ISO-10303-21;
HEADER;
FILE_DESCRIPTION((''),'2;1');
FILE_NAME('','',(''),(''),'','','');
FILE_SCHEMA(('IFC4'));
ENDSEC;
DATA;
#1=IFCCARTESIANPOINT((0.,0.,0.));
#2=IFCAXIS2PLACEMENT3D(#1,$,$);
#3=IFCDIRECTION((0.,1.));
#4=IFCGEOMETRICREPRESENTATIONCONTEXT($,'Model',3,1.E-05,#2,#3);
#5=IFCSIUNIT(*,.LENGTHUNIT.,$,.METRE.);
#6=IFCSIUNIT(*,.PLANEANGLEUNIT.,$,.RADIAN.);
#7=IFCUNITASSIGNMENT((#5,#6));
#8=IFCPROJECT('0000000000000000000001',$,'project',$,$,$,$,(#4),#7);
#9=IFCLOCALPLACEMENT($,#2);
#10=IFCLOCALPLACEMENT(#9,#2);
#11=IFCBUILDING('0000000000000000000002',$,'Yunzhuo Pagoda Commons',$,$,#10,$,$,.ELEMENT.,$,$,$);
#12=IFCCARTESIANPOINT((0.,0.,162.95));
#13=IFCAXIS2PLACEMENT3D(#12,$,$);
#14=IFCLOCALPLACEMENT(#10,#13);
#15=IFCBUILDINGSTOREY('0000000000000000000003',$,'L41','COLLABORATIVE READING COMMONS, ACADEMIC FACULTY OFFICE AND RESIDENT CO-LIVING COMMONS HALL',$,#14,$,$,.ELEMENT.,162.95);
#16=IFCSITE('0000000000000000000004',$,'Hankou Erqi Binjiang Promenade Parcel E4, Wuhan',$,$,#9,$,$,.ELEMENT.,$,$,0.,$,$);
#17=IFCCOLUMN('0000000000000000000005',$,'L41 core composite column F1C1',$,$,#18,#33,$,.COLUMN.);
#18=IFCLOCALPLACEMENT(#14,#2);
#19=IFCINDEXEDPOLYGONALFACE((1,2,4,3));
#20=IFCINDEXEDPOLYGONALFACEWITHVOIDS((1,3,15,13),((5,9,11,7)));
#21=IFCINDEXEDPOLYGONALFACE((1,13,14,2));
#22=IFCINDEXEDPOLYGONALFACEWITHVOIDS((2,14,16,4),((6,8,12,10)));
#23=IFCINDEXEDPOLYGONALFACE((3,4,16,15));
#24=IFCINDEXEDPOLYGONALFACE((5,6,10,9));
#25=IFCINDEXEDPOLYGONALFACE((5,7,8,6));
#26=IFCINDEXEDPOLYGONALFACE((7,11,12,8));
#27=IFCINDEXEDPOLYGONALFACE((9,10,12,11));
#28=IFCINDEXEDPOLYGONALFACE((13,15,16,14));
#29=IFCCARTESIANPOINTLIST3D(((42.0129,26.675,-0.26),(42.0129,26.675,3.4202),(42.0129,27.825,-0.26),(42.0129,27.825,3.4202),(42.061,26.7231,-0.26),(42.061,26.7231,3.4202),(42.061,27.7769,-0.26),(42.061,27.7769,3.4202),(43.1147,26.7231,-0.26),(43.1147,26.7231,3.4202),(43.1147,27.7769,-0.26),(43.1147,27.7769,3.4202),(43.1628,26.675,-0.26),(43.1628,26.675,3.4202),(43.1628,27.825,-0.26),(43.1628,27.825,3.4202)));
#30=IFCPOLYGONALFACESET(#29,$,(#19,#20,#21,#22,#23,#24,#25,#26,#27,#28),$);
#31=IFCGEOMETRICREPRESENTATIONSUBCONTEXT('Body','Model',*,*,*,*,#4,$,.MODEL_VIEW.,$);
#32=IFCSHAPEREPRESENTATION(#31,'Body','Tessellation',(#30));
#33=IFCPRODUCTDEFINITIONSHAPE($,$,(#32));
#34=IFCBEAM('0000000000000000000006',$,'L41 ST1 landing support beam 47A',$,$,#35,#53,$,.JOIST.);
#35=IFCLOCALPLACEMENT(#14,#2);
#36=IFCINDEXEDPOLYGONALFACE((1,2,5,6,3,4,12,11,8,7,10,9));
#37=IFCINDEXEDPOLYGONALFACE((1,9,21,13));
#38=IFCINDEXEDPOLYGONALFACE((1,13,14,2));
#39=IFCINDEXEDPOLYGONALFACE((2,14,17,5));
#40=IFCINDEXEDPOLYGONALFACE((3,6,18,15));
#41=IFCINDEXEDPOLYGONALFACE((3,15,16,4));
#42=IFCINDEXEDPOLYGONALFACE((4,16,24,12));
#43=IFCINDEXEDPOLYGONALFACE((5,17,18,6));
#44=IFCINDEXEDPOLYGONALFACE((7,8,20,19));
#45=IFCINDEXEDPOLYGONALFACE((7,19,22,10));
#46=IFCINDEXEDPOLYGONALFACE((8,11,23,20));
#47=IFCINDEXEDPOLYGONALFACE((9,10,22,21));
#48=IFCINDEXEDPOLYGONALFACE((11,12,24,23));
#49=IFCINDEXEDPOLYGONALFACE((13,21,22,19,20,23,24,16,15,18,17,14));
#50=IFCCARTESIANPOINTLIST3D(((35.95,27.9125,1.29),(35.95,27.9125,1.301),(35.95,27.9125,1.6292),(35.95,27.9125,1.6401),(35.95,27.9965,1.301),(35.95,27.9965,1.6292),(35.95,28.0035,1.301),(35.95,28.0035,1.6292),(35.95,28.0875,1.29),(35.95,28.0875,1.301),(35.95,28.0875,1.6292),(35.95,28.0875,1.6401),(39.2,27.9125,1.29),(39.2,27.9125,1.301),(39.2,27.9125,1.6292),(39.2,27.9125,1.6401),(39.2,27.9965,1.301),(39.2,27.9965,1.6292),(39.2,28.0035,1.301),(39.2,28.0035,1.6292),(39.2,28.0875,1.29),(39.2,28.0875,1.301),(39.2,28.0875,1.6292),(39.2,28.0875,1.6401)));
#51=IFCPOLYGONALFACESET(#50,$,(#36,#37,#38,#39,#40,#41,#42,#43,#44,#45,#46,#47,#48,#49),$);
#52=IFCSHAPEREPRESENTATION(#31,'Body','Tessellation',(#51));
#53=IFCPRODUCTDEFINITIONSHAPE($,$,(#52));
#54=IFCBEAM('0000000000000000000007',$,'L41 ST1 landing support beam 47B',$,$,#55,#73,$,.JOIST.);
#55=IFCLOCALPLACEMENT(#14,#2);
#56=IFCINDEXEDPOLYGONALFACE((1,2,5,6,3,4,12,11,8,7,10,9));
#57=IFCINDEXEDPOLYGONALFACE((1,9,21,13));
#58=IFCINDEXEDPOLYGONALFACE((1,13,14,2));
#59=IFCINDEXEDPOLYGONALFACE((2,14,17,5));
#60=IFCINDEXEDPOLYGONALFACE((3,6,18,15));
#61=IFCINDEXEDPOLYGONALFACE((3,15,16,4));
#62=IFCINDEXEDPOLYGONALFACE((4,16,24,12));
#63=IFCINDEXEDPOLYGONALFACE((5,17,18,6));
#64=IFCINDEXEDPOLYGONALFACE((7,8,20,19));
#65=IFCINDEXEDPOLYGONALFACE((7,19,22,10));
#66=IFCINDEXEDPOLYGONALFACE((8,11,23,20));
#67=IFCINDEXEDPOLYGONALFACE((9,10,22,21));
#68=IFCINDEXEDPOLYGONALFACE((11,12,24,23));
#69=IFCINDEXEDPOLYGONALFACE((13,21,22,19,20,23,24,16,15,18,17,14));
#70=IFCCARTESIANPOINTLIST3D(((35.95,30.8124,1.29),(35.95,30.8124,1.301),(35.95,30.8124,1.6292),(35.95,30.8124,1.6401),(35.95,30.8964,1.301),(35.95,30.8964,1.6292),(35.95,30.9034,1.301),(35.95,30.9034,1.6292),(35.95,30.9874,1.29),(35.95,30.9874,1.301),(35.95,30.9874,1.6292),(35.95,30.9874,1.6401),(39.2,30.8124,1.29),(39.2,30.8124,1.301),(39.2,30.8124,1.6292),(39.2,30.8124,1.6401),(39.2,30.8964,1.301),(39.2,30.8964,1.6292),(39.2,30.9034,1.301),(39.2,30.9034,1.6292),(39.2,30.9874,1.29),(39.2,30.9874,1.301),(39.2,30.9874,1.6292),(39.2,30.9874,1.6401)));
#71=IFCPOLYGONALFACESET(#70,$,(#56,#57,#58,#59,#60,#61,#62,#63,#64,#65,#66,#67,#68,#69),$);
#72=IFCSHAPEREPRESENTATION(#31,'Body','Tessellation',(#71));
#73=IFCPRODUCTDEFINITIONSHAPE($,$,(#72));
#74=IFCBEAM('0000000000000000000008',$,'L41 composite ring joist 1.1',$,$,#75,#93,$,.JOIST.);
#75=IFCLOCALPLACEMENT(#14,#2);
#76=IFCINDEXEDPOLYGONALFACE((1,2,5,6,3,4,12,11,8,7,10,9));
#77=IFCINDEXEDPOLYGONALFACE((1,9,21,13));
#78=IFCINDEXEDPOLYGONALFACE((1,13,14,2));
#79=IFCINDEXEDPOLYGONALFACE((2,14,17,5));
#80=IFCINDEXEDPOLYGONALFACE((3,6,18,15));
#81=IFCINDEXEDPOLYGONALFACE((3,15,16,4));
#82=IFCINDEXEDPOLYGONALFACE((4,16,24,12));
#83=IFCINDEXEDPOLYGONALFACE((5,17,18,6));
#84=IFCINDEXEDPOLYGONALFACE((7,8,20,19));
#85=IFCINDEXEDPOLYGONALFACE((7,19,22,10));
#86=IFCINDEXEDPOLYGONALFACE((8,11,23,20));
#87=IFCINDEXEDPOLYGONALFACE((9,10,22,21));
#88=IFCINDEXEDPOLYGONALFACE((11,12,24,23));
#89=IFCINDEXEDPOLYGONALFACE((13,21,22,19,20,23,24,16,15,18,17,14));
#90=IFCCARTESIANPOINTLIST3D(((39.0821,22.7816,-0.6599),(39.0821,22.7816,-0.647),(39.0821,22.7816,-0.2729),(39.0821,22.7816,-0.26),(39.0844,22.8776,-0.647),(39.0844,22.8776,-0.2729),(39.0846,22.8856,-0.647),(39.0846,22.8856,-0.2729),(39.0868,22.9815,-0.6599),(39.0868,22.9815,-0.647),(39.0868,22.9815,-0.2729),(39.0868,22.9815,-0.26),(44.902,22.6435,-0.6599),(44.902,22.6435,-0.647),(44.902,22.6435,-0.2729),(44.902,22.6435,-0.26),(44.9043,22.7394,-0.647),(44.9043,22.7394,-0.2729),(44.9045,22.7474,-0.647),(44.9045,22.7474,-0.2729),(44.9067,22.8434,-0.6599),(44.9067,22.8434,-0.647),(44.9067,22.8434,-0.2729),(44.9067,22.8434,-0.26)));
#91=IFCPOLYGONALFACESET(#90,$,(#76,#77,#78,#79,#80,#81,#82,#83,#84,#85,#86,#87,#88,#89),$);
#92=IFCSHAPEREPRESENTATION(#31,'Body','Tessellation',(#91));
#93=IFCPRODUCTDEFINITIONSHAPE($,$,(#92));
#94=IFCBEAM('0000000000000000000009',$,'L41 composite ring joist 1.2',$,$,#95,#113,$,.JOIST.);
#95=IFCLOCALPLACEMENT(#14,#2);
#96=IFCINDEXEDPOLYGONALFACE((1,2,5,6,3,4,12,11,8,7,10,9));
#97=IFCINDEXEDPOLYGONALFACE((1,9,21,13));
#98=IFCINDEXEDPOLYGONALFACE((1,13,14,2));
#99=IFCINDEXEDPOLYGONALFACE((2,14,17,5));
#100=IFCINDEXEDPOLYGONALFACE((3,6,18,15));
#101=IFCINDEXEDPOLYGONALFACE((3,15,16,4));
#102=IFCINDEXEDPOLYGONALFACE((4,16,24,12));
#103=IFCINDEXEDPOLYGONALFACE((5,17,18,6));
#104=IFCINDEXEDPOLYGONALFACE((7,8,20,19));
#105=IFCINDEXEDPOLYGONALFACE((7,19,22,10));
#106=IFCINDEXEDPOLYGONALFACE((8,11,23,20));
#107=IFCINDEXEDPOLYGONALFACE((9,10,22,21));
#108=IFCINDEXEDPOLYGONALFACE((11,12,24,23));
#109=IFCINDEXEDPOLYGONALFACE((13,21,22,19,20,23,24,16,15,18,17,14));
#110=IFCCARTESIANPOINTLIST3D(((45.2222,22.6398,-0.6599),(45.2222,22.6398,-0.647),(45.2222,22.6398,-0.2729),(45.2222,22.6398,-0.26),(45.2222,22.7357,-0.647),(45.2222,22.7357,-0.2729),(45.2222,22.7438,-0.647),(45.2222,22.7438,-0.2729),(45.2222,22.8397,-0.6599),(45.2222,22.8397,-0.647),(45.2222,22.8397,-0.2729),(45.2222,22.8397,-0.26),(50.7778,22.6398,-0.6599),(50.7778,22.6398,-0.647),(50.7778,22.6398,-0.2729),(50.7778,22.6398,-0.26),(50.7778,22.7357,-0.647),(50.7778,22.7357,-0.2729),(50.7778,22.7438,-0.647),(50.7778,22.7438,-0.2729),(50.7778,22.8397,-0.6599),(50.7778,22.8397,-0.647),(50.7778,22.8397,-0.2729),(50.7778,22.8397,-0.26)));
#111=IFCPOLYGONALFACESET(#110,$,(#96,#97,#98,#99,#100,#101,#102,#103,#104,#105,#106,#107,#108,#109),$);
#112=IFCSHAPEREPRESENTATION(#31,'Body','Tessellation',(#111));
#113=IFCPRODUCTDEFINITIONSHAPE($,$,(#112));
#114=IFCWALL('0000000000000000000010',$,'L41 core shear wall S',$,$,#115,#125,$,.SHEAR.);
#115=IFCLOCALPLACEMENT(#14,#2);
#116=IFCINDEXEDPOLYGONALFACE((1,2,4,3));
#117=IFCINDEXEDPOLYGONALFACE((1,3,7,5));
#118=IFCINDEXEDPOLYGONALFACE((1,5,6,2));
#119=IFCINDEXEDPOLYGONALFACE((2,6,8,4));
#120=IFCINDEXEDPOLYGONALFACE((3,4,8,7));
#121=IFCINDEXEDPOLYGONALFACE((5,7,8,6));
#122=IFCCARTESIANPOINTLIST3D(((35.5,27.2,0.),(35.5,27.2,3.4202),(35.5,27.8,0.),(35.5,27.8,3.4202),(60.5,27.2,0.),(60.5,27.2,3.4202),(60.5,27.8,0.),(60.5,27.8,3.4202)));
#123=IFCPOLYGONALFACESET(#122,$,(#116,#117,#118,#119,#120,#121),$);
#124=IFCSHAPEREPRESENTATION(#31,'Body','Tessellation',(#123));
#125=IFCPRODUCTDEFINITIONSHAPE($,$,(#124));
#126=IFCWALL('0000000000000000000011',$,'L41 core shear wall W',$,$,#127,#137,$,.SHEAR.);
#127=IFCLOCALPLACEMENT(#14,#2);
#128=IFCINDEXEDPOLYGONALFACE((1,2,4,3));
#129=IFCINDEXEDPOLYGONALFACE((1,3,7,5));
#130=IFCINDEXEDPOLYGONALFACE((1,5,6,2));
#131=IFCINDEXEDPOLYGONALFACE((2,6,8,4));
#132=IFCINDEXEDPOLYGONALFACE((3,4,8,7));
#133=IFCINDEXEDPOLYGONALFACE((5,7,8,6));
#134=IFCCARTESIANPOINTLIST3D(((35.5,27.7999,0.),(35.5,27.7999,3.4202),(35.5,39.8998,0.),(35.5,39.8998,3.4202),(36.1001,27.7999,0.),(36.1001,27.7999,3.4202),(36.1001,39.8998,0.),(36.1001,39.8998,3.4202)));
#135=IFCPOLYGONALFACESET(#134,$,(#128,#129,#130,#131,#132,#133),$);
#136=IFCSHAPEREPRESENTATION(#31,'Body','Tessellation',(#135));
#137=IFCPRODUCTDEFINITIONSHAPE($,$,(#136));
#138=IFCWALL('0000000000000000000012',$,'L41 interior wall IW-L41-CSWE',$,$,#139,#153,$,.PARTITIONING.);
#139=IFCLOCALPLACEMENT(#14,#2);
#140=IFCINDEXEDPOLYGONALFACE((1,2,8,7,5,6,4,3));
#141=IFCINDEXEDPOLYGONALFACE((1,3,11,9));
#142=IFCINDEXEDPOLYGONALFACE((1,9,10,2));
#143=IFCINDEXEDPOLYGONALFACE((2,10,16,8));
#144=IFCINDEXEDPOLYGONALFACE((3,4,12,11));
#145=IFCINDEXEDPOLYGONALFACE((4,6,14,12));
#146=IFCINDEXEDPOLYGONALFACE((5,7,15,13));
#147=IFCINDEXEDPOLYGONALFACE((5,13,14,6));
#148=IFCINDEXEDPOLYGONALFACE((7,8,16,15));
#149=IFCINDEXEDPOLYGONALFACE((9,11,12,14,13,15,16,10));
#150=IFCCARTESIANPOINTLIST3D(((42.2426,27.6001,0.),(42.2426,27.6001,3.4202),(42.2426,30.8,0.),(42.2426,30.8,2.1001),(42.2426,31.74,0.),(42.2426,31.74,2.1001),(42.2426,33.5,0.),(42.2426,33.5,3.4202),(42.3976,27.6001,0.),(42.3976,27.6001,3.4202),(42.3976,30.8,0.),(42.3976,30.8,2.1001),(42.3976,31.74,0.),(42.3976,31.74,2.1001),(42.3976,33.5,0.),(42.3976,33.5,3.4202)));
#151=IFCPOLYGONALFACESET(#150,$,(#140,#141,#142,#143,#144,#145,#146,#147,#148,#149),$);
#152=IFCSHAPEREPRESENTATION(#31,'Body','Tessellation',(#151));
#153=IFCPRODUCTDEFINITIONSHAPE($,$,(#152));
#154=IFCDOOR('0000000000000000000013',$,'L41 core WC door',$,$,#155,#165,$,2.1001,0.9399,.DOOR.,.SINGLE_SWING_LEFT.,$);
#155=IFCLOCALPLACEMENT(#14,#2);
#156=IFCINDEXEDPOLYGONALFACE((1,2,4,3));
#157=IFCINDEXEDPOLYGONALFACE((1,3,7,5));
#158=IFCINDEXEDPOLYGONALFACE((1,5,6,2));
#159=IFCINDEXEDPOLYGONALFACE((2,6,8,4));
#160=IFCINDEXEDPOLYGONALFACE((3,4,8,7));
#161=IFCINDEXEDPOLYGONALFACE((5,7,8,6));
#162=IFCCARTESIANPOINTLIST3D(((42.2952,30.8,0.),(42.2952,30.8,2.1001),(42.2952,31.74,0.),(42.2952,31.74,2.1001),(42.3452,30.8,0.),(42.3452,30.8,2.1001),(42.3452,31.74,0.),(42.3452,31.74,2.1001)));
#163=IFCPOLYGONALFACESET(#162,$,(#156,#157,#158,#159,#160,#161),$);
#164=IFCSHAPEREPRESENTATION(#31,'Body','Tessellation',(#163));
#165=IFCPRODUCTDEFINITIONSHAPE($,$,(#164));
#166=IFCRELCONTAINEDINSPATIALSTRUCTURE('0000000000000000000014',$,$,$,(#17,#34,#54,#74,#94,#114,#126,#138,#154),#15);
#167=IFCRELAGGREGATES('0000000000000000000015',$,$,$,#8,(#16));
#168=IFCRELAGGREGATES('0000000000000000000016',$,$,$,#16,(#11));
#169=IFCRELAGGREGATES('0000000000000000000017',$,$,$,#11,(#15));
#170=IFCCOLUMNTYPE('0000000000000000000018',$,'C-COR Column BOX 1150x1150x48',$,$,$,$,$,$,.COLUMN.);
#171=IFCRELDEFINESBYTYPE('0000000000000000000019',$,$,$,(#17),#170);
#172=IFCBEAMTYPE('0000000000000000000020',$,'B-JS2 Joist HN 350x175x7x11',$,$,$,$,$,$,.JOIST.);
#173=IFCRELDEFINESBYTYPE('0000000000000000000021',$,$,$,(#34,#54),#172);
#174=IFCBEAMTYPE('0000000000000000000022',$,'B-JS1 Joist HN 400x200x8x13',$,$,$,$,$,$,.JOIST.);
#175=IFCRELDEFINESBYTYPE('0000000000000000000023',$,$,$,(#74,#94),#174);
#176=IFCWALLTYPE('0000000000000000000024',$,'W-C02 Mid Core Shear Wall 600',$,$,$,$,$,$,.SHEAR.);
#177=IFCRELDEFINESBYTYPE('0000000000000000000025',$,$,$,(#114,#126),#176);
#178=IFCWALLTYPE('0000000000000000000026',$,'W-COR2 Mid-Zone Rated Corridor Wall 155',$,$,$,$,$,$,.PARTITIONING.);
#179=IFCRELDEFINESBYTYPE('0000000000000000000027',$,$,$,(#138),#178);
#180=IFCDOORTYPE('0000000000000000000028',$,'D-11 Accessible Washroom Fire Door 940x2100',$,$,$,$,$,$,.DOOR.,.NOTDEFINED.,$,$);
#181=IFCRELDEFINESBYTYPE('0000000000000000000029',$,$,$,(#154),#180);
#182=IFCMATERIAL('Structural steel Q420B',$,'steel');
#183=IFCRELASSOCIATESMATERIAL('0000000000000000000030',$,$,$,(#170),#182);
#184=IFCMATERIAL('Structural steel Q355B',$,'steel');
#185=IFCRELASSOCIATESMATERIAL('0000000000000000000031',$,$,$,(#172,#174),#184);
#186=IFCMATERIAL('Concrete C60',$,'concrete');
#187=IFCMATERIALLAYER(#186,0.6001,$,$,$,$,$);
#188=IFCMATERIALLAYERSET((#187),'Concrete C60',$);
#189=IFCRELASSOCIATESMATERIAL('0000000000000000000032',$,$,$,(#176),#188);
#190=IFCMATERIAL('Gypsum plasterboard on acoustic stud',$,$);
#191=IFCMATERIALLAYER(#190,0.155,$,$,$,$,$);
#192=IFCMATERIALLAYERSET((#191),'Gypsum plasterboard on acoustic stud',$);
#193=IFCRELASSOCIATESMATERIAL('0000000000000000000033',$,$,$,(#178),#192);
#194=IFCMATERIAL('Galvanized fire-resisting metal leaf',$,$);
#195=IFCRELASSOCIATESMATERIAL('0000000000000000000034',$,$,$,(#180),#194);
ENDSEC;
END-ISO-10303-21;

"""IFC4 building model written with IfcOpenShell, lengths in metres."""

from ifc_helpers import new_model, si_unit, direction, frame, frame_2d, origin, origin_with_axes, origin_2d, place, context, subcontext, project, spatial, rectangle, hollow_rectangle, i_section, extrude, source, transform, mapped, material, layer, layer_set, material_profile, profile_set, type_object, element, fill, save


model = new_model("IFC4")

# Units and contexts
model_context = context("Model", 3, precision=1e-05, world=origin(), true_north=direction((0.0, 1.0)))
body_context = subcontext(model_context, "Body", "Model", "MODEL_VIEW")
ifc_project = project(units=[si_unit("LENGTHUNIT", "METRE"), si_unit("PLANEANGLEUNIT", "RADIAN")], contexts=[model_context])

# Site, building, storey
site_placement = place(None, origin())
site = spatial("IfcSite", under=ifc_project, at=site_placement, Name="Hankou Erqi Binjiang Promenade Parcel E4, Wuhan", CompositionType="ELEMENT", RefElevation=0.0)
building_placement = place(site_placement, origin())
building = spatial("IfcBuilding", under=site, at=building_placement, Name="Yunzhuo Pagoda Commons", CompositionType="ELEMENT")
storey_placement = place(building_placement, frame((0.0, 0.0, 162.95)))
storey = spatial("IfcBuildingStorey", under=building, at=storey_placement, Name="L41", Description="COLLABORATIVE READING COMMONS, ACADEMIC FACULTY OFFICE AND RESIDENT CO-LIVING COMMONS HALL", CompositionType="ELEMENT", Elevation=162.95)

# Column
ifc_material_1 = material(Name="Structural steel Q420B", Category="steel")
ifc_material_profile_1 = material_profile(ifc_material_1, hollow_rectangle(XDim=1.1499, YDim=1.1499, WallThickness=0.0481, at=origin_2d()), Name="Structural steel Q420B")
ifc_profile_set_1 = profile_set([ifc_material_profile_1], Name="Structural steel Q420B")
column_type = type_object("IfcColumnType", Name="C-COR Column BOX 1150x1150x48", PredefinedType="COLUMN", material=ifc_profile_set_1)
shared_shape_1 = source(origin(), body_context, "Body", "SweptSolid", [
    extrude(hollow_rectangle(XDim=1.1499, YDim=1.1499, WallThickness=0.0481, at=origin_2d()), origin(), (0.0, 0.0, 1.0), 3.6802),
])
column_placement = place(storey_placement, frame((42.5879, 27.25, -0.26), z_axis=(0.0, 0.0, 1.0), x_axis=(1.0, 0.0, 0.0)))
element("IfcColumn", 1, at=column_placement, inside=storey, type_object=column_type, Name="L41 core composite column F1C1", PredefinedType="COLUMN", context=body_context, shape_type="MappedRepresentation", body=[
    mapped(shared_shape_1, transform((0.0, 0.0, 0.0), scale=1.0)),
])

# Beams
ifc_material_2 = material(Name="Structural steel Q355B", Category="steel")
ifc_material_profile_2 = material_profile(ifc_material_2, i_section(OverallWidth=0.175, OverallDepth=0.3501, WebThickness=0.0071, FlangeThickness=0.011, at=origin_2d()), Name="Structural steel Q355B")
ifc_profile_set_2 = profile_set([ifc_material_profile_2], Name="Structural steel Q355B")
beam_type_1 = type_object("IfcBeamType", Name="B-JS2 Joist HN 350x175x7x11", PredefinedType="JOIST", material=ifc_profile_set_2)
shared_shape_2 = source(origin(), body_context, "Body", "SweptSolid", [
    extrude(i_section(OverallWidth=0.175, OverallDepth=0.3501, WebThickness=0.0071, FlangeThickness=0.011, at=origin_2d()), origin(), (0.0, 0.0, 1.0), 3.25),
])
for number, where, z_axis, x_axis, name in (
    (2, (35.95, 28.0, 1.4651), (1.0, 0.0, 0.0), (0.0, 1.0, 0.0), "L41 ST1 landing support beam 47A"),
    (3, (35.95, 30.8999, 1.4651), (1.0, 0.0, 0.0), (0.0, 1.0, 0.0), "L41 ST1 landing support beam 47B"),
):
    element("IfcBeam", number, at=place(storey_placement, frame(where, z_axis=z_axis, x_axis=x_axis)), inside=storey, type_object=beam_type_1, Name=name, PredefinedType="JOIST", context=body_context, shape_type="MappedRepresentation", body=[
        mapped(shared_shape_2, transform((0.0, 0.0, 0.0), scale=1.0)),
    ])
ifc_material_profile_3 = material_profile(ifc_material_2, i_section(OverallWidth=0.2, OverallDepth=0.3999, WebThickness=0.0081, FlangeThickness=0.0129, at=origin_2d()), Name="Structural steel Q355B")
ifc_profile_set_3 = profile_set([ifc_material_profile_3], Name="Structural steel Q355B")
beam_type_2 = type_object("IfcBeamType", Name="B-JS1 Joist HN 400x200x8x13", PredefinedType="JOIST", material=ifc_profile_set_3)
shared_shape_3 = source(origin(), body_context, "Body", "SweptSolid", [
    extrude(i_section(OverallWidth=0.2, OverallDepth=0.3999, WebThickness=0.0081, FlangeThickness=0.0129, at=origin_2d()), origin(), (0.0, 0.0, 1.0), 5.8215),
])
beam_1_placement = place(storey_placement, frame((39.0845, 22.8816, -0.46), z_axis=(0.999718, -0.023737, 0.0), x_axis=(0.023737, 0.999718, 0.0)))
element("IfcBeam", 4, at=beam_1_placement, inside=storey, type_object=beam_type_2, Name="L41 composite ring joist 1.1", PredefinedType="JOIST", context=body_context, shape_type="MappedRepresentation", body=[
    mapped(shared_shape_3, transform((0.0, 0.0, 0.0), scale=1.0)),
])
shared_shape_4 = source(origin(), body_context, "Body", "SweptSolid", [
    extrude(i_section(OverallWidth=0.2, OverallDepth=0.3999, WebThickness=0.0081, FlangeThickness=0.0129, at=origin_2d()), origin(), (0.0, 0.0, 1.0), 5.5557),
])
beam_2_placement = place(storey_placement, frame((45.2222, 22.7397, -0.46), z_axis=(1.0, 0.0, 0.0), x_axis=(0.0, 1.0, 0.0)))
element("IfcBeam", 5, at=beam_2_placement, inside=storey, type_object=beam_type_2, Name="L41 composite ring joist 1.2", PredefinedType="JOIST", context=body_context, shape_type="MappedRepresentation", body=[
    mapped(shared_shape_4, transform((0.0, 0.0, 0.0), scale=1.0)),
])

# Walls
ifc_material_3 = material(Name="Concrete C60", Category="concrete")
ifc_layer_1 = layer(ifc_material_3, 0.6001)
ifc_layer_set_1 = layer_set([ifc_layer_1], Name="Concrete C60")
wall_type_1 = type_object("IfcWallType", Name="W-C02 Mid Core Shear Wall 600", PredefinedType="SHEAR", material=ifc_layer_set_1)
wall_1_placement = place(storey_placement, frame((35.5, 27.5, 0.0), z_axis=(0.0, 0.0, 1.0), x_axis=(1.0, 0.0, 0.0)))
element("IfcWall", 6, at=wall_1_placement, inside=storey, type_object=wall_type_1, Name="L41 core shear wall S", PredefinedType="SHEAR", context=body_context, shape_type="SweptSolid", body=[
    extrude(rectangle(XDim=25.0, YDim=0.6001, at=frame_2d((12.5, 0.0))), origin(), (0.0, 0.0, 1.0), 3.4202),
])
wall_2_placement = place(storey_placement, frame((35.8, 27.8, 0.0), z_axis=(0.0, 0.0, 1.0), x_axis=(0.0, 1.0, 0.0)))
element("IfcWall", 7, at=wall_2_placement, inside=storey, type_object=wall_type_1, Name="L41 core shear wall W", PredefinedType="SHEAR", context=body_context, shape_type="SweptSolid", body=[
    extrude(rectangle(XDim=12.0999, YDim=0.6001, at=frame_2d((6.0498, 0.0))), origin(), (0.0, 0.0, 1.0), 3.4202),
])

# Wall, opening, door
ifc_material_4 = material(Name="Gypsum plasterboard on acoustic stud")
ifc_layer_2 = layer(ifc_material_4, 0.155)
ifc_layer_set_2 = layer_set([ifc_layer_2], Name="Gypsum plasterboard on acoustic stud")
wall_type_2 = type_object("IfcWallType", Name="W-COR2 Mid-Zone Rated Corridor Wall 155", PredefinedType="PARTITIONING", material=ifc_layer_set_2)
wall_3_placement = place(storey_placement, frame((42.3201, 27.6001, 0.0), z_axis=(0.0, 0.0, 1.0), x_axis=(0.0, 1.0, 0.0)))
wall_3 = element("IfcWall", 8, at=wall_3_placement, inside=storey, type_object=wall_type_2, Name="L41 interior wall IW-L41-CSWE", PredefinedType="PARTITIONING", context=body_context, shape_type="SweptSolid", body=[
    extrude(rectangle(XDim=5.8999, YDim=0.155, at=frame_2d((2.95, 0.0))), origin(), (0.0, 0.0, 1.0), 3.4202),
])
opening_1_placement = place(wall_3_placement, frame((3.2, 0.0, 0.0)))
opening_1 = element("IfcOpeningElement", 9, at=opening_1_placement, cuts=wall_3, PredefinedType="OPENING", context=body_context, shape_type="SweptSolid", body=[
    extrude(rectangle(XDim=0.9399, YDim=2.1001, at=frame_2d((0.47, 1.05))), frame((0.0, 0.0874, 0.0), z_axis=(0.0, -1.0, 0.0), x_axis=(1.0, 0.0, 0.0)), (0.0, 0.0, 1.0), 0.175),
])
ifc_material_5 = material(Name="Galvanized fire-resisting metal leaf")
door_type_1 = type_object("IfcDoorType", Name="D-11 Accessible Washroom Fire Door 940x2100", OperationType="NOTDEFINED", PredefinedType="DOOR", material=ifc_material_5)
shared_shape_5 = source(origin(), body_context, "Body", "SweptSolid", [
    extrude(rectangle(XDim=0.9399, YDim=2.1001, at=frame_2d((0.47, 1.05))), frame((0.0, 0.0249, 0.0), z_axis=(0.0, -1.0, 0.0), x_axis=(1.0, 0.0, 0.0)), (0.0, 0.0, 1.0), 0.05),
])
door_1_placement = place(opening_1_placement, origin_with_axes())
door_1 = element("IfcDoor", 10, at=door_1_placement, inside=storey, type_object=door_type_1, Name="L41 core WC door", OperationType="SINGLE_SWING_LEFT", OverallHeight=2.1001, OverallWidth=0.9399, PredefinedType="DOOR", context=body_context, shape_type="MappedRepresentation", body=[
    mapped(shared_shape_5, transform((0.0, 0.0, 0.0), scale=1.0)),
])
fill(opening_1, door_1)

save(model, "model.ifc")
